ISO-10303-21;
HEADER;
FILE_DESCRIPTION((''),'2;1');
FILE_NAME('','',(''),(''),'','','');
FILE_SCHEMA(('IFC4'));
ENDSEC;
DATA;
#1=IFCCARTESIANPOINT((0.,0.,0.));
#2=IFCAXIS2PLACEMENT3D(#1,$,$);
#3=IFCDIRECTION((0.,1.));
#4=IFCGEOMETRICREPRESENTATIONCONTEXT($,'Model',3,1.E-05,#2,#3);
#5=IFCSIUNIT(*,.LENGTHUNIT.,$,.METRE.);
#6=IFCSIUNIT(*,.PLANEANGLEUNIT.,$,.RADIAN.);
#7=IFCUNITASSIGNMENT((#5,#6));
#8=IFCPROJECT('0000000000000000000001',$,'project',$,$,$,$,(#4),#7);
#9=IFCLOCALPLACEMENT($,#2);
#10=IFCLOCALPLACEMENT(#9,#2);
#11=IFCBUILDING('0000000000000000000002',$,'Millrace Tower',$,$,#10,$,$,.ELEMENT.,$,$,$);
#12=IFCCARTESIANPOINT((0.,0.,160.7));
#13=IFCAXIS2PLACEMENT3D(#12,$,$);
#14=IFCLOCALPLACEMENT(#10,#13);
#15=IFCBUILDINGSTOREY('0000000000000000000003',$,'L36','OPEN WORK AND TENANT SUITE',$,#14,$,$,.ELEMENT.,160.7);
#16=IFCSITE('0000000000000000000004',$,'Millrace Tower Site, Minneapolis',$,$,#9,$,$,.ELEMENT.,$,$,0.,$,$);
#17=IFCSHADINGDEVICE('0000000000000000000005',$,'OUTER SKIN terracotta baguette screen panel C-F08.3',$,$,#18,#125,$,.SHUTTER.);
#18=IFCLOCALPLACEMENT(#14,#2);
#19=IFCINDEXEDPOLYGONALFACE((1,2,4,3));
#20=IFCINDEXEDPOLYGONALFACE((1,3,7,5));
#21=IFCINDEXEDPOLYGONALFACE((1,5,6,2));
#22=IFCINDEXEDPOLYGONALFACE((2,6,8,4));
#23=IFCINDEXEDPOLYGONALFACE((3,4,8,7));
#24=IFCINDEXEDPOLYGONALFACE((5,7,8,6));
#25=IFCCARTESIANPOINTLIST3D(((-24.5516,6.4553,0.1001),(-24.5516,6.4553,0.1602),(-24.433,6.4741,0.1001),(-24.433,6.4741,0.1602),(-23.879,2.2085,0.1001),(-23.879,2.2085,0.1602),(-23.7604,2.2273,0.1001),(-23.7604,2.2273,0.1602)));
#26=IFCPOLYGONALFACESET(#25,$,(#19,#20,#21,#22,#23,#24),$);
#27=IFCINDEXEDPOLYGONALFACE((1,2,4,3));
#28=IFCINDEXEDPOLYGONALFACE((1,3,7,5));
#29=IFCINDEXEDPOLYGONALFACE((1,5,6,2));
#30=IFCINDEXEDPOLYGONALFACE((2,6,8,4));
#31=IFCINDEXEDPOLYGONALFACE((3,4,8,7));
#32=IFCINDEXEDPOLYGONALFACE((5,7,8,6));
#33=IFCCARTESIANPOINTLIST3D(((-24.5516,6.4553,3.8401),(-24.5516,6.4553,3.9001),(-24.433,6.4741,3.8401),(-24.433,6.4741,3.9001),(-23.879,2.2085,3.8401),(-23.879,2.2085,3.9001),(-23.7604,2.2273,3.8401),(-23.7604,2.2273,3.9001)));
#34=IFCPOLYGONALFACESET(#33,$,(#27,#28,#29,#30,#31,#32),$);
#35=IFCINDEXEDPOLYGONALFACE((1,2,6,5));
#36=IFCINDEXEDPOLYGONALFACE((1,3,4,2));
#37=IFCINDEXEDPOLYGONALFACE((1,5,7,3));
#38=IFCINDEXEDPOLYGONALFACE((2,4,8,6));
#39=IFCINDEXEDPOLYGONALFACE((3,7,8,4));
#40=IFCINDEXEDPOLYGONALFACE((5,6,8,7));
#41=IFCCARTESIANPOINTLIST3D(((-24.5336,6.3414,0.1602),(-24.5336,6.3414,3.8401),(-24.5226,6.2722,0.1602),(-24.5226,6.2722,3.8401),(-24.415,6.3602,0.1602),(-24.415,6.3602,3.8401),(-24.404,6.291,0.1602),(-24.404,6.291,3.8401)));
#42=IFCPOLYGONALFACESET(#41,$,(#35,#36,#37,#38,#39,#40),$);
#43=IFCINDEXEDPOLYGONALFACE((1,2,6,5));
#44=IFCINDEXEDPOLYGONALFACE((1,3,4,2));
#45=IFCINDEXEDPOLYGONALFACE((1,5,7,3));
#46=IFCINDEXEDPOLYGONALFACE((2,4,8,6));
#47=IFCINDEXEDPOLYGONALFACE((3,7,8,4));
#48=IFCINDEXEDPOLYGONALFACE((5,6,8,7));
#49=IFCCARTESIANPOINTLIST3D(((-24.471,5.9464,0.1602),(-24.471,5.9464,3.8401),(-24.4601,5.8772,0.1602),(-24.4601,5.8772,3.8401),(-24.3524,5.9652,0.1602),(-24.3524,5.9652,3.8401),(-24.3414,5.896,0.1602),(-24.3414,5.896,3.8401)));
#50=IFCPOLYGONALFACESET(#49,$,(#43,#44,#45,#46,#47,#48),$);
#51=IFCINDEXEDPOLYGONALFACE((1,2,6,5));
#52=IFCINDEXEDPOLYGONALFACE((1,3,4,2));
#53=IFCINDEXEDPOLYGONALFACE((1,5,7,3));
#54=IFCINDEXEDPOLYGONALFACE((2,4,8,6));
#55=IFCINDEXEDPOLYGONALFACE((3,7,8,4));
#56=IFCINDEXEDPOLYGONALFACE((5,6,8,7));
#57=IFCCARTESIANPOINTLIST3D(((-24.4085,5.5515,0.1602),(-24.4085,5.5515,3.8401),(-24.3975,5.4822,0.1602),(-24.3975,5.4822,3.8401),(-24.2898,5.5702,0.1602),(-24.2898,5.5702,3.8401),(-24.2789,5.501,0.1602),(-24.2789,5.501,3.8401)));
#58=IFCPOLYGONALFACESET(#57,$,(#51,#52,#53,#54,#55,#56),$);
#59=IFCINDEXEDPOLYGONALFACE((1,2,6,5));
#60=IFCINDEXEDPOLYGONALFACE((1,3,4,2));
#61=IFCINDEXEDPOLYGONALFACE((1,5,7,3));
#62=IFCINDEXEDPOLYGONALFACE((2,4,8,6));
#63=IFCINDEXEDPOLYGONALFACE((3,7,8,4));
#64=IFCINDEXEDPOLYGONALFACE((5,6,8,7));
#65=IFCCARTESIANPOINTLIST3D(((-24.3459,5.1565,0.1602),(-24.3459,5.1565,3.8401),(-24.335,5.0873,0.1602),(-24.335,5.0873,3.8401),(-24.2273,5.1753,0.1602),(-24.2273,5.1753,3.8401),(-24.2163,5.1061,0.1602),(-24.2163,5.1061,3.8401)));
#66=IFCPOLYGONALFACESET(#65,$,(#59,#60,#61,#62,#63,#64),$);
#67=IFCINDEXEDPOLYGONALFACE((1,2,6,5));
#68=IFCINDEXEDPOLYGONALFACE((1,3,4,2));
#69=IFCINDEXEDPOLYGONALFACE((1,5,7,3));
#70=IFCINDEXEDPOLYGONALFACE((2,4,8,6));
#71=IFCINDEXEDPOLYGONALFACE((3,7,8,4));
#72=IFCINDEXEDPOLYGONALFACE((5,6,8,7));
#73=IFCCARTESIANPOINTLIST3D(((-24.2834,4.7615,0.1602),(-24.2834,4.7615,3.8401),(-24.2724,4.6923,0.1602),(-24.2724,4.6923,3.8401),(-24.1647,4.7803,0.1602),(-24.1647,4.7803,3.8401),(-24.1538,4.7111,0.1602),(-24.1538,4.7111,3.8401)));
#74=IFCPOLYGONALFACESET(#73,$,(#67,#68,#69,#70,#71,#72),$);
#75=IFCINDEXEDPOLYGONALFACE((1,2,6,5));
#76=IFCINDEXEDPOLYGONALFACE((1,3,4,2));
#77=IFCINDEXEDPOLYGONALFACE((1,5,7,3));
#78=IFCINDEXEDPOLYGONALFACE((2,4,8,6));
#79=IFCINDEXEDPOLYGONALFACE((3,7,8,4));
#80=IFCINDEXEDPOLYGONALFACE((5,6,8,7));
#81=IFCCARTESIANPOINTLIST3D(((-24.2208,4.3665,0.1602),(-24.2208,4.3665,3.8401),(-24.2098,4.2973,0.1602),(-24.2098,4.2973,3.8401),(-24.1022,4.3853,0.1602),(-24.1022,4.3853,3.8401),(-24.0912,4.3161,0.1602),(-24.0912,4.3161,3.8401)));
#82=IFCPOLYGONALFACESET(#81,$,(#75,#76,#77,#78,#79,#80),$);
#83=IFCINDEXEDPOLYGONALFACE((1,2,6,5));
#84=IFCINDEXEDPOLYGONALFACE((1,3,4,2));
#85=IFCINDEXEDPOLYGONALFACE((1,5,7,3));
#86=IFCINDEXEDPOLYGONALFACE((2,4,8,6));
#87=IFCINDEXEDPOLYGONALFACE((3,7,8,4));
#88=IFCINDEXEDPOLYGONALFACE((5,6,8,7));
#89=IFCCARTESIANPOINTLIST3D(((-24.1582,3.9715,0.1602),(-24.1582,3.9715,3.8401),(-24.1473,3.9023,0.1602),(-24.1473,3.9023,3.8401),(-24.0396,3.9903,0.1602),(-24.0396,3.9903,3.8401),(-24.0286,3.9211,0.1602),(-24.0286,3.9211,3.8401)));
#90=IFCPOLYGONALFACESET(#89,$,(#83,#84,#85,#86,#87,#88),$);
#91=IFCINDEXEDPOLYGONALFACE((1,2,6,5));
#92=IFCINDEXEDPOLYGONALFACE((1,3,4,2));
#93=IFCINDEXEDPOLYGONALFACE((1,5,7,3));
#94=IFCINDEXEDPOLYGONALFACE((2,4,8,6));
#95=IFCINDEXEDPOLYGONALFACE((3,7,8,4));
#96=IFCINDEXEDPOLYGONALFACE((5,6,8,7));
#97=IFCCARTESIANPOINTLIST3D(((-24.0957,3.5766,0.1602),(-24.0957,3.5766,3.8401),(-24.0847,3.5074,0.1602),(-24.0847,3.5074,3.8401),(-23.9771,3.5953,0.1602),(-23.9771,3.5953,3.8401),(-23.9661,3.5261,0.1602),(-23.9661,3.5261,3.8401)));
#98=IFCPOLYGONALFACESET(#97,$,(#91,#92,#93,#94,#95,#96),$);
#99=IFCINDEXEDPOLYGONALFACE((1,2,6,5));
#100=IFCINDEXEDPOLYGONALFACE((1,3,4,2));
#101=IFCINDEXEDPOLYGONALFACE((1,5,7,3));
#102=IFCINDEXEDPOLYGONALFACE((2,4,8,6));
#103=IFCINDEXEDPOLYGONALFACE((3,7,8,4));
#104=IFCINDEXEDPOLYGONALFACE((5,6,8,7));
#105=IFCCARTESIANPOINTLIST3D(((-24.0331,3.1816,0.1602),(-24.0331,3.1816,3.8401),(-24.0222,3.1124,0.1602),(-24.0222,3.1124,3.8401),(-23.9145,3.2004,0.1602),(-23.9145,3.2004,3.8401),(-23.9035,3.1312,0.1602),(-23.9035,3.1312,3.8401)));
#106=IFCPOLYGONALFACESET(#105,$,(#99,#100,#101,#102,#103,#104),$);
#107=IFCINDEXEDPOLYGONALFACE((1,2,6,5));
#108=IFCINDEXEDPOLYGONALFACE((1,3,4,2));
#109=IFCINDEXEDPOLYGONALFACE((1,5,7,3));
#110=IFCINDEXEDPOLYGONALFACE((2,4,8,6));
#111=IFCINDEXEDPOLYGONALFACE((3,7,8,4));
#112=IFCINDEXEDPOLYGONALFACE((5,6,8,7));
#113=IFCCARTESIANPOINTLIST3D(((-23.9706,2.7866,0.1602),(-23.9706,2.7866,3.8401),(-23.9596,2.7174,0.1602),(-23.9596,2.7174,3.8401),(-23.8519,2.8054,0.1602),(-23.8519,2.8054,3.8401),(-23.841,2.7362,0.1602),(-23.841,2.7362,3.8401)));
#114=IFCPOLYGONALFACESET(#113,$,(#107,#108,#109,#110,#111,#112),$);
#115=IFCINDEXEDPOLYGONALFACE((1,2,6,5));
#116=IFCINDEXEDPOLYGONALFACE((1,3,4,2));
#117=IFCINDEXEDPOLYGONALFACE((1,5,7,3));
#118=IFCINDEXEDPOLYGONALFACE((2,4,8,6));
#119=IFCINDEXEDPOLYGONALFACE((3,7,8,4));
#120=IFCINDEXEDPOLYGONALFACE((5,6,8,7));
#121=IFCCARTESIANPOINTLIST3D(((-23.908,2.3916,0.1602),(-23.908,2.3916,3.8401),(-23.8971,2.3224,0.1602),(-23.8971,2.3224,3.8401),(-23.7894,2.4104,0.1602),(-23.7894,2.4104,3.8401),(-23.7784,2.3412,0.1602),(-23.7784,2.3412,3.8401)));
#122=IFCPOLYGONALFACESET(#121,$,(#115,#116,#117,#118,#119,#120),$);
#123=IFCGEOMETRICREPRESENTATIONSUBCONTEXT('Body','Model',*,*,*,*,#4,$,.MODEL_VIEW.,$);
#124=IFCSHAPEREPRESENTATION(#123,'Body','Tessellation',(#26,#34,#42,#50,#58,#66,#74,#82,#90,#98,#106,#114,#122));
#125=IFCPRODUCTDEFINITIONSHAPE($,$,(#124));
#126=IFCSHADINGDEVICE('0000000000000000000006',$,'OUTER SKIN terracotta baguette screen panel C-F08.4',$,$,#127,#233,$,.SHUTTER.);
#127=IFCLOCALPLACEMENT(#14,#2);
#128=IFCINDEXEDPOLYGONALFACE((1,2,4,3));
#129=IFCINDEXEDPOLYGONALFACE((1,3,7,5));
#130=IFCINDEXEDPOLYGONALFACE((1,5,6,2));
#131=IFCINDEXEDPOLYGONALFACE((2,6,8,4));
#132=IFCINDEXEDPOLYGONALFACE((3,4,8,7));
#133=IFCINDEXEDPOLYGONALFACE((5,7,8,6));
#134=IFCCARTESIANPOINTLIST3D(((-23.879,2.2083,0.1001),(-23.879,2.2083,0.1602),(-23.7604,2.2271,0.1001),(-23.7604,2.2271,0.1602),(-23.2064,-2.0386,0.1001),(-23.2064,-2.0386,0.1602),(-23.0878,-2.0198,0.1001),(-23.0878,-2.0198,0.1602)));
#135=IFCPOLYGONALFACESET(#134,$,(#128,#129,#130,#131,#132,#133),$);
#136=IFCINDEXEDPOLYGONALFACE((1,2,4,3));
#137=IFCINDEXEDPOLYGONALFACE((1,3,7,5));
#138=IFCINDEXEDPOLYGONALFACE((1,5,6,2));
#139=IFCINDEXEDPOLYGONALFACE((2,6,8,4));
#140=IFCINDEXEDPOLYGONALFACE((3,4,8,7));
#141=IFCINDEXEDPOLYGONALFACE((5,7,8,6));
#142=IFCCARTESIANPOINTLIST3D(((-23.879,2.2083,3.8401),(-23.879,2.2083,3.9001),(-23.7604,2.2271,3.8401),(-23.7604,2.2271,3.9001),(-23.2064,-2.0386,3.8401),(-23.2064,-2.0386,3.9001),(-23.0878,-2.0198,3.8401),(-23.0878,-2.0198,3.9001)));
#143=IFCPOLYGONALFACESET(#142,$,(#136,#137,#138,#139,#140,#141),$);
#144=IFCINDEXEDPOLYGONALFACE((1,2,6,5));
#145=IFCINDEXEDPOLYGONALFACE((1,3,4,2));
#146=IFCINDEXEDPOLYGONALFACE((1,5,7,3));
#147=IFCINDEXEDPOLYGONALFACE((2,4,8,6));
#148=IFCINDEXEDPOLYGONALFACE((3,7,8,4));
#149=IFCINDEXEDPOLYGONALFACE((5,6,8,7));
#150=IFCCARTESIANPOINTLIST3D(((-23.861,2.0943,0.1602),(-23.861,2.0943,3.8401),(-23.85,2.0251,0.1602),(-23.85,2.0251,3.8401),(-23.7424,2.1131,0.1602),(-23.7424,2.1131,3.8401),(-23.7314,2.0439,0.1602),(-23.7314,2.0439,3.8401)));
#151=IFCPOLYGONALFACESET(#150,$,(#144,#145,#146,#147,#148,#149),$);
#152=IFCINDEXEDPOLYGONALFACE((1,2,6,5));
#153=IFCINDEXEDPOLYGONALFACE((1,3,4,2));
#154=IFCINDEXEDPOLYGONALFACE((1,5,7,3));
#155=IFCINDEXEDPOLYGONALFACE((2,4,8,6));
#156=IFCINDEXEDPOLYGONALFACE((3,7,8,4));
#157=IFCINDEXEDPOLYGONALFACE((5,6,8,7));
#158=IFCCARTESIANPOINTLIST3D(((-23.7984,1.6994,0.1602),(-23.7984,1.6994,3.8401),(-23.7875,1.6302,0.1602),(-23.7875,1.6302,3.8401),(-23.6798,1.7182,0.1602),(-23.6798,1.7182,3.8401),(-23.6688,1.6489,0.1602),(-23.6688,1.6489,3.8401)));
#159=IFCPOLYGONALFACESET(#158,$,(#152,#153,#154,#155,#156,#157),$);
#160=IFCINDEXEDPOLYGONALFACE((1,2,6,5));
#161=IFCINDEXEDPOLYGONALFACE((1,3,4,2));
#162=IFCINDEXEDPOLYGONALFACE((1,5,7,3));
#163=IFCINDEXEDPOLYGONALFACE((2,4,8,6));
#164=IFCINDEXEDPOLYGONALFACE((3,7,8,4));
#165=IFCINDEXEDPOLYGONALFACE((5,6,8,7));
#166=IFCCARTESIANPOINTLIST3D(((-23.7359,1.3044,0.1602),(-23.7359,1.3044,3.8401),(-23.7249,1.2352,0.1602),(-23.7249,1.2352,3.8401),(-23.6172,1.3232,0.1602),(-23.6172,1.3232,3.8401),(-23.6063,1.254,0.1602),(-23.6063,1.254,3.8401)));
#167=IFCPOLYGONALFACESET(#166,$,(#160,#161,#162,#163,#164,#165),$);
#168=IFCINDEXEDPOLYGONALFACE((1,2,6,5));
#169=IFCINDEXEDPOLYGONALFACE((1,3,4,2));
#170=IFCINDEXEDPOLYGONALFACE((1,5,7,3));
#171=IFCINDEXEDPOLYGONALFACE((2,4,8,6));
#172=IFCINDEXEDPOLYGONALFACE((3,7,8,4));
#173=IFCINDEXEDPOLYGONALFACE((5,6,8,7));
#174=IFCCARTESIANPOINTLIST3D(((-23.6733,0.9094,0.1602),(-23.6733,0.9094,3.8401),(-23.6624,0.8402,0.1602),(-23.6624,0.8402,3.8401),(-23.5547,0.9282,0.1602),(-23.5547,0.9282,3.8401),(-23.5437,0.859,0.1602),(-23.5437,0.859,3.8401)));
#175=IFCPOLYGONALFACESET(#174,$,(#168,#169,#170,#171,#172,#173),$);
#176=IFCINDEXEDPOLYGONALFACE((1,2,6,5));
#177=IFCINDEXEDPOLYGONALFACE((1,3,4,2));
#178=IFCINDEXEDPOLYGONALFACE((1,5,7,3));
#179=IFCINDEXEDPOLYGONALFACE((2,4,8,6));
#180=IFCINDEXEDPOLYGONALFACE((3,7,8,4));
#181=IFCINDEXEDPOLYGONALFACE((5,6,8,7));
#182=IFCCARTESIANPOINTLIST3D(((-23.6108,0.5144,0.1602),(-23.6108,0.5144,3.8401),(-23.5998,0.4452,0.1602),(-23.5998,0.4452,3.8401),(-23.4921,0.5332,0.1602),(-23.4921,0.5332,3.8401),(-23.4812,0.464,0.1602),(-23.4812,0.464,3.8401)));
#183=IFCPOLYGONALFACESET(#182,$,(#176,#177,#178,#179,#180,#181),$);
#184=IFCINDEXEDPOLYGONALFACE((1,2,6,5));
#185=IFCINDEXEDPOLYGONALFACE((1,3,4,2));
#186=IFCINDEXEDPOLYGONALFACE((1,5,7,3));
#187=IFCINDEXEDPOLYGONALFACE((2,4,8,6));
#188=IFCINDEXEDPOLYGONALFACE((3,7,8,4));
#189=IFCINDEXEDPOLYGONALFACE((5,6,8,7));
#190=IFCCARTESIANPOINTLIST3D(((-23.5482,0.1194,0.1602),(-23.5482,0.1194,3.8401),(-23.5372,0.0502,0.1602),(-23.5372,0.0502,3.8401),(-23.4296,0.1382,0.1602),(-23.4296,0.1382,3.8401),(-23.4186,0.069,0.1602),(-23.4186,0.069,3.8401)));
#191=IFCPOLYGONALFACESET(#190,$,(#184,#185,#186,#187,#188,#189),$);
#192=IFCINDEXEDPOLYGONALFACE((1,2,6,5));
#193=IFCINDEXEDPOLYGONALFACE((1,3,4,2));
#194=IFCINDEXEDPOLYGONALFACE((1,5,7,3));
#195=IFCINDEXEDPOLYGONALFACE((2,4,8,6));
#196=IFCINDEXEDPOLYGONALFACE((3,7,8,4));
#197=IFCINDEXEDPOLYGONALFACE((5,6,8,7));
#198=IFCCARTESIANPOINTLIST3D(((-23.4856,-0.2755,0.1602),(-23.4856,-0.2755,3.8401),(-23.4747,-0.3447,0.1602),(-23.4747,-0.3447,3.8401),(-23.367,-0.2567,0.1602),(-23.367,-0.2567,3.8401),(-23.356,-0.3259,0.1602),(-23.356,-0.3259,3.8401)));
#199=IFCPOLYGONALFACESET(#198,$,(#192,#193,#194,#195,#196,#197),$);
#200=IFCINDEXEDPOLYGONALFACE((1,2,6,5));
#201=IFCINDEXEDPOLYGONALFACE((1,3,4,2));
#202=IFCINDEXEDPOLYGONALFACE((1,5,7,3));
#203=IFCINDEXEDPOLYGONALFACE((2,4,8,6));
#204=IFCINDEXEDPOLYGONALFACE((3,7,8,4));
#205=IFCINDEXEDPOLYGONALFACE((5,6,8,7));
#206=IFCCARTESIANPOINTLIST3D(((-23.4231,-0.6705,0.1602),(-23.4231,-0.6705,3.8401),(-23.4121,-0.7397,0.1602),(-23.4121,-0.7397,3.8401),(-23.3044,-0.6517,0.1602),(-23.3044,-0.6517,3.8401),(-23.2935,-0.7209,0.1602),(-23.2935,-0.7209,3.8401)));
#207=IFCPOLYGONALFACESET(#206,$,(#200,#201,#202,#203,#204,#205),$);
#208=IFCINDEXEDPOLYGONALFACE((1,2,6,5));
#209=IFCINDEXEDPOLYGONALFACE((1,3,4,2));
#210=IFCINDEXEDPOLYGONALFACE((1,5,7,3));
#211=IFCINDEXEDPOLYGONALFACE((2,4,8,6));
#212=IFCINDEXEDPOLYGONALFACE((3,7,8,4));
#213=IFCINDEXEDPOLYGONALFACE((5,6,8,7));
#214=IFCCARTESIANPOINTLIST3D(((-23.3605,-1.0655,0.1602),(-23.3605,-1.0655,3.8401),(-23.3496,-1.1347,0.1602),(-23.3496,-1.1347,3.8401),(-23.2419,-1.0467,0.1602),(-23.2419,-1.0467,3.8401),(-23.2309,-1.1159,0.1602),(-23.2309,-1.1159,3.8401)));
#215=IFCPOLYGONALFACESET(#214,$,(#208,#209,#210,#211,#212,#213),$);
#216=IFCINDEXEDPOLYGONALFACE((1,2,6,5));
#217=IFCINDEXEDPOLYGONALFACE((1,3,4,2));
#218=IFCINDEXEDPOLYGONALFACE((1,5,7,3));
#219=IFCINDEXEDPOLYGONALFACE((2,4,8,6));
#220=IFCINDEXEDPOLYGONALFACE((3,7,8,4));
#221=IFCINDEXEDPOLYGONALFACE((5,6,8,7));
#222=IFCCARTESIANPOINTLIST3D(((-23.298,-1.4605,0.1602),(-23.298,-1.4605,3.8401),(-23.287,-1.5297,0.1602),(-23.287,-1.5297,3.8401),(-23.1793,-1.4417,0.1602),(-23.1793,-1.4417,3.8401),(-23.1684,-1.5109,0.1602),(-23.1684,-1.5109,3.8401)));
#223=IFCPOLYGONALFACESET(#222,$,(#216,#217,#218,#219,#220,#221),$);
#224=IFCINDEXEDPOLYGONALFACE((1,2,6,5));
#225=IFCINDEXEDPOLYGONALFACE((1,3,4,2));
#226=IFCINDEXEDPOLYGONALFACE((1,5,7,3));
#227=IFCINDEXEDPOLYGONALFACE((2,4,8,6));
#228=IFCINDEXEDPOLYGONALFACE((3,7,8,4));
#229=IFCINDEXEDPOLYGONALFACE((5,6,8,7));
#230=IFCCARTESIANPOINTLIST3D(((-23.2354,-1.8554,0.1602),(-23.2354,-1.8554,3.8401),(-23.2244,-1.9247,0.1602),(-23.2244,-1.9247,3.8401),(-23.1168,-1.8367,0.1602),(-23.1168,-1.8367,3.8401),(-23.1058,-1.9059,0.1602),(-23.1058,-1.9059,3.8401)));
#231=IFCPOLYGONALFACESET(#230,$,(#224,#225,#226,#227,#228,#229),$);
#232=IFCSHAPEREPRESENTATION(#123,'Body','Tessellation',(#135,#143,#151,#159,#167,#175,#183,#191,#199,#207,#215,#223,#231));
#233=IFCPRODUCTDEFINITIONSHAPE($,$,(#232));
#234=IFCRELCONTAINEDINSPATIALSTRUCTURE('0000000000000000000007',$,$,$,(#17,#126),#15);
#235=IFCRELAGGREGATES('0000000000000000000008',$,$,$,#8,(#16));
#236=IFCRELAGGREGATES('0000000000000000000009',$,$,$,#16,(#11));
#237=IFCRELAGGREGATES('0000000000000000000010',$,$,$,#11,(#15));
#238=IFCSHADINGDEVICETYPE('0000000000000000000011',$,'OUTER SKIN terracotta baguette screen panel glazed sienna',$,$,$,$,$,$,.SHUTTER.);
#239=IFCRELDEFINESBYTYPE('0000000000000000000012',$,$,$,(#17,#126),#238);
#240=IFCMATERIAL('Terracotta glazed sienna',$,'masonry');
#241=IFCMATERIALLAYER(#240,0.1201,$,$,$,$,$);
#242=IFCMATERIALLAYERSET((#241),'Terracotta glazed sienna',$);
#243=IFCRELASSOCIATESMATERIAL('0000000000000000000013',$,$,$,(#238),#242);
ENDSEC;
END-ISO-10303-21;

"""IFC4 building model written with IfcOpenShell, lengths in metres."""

from ifc_helpers import new_model, entity, si_unit, direction, frame, frame_2d, origin, origin_2d, place, context, subcontext, project, spatial, rectangle, extrude, source, transform, mapped, material, layer, layer_set, type_object, element, save


model = new_model("IFC4")

# Units and contexts
model_context = context("Model", 3, precision=1e-05, world=origin(), true_north=direction((0.0, 1.0)))
body_context = subcontext(model_context, "Body", "Model", "MODEL_VIEW")
ifc_project = project(units=[si_unit("LENGTHUNIT", "METRE"), si_unit("PLANEANGLEUNIT", "RADIAN")], contexts=[model_context])

# Site, building, storey
site_placement = place(None, origin())
site = spatial("IfcSite", under=ifc_project, at=site_placement, Name="Millrace Tower Site, Minneapolis", CompositionType="ELEMENT", RefElevation=0.0)
building_placement = place(site_placement, origin())
building = spatial("IfcBuilding", under=site, at=building_placement, Name="Millrace Tower", CompositionType="ELEMENT")
storey_placement = place(building_placement, frame((0.0, 0.0, 160.7)))
storey = spatial("IfcBuildingStorey", under=building, at=storey_placement, Name="L36", Description="OPEN WORK AND TENANT SUITE", CompositionType="ELEMENT", Elevation=160.7)

# Shading devices
ifc_material_1 = material(Name="Terracotta glazed sienna", Category="masonry")
ifc_layer_1 = layer(ifc_material_1, 0.1201)
ifc_layer_set_1 = layer_set([ifc_layer_1], Name="Terracotta glazed sienna")
shading_device_type = type_object("IfcShadingDeviceType", Name="OUTER SKIN terracotta baguette screen panel glazed sienna", PredefinedType="SHUTTER", material=ifc_layer_set_1)
cartesian_point = entity("IfcCartesianPoint", [-2.1499, 0.0601])
shared_polyline = entity("IfcPolyline", [cartesian_point, entity("IfcCartesianPoint", [2.1499, 0.0601]), entity("IfcCartesianPoint", [2.1499, -0.0601]), entity("IfcCartesianPoint", [-2.1499, -0.0601]), cartesian_point])
shared_shape = source(origin(), body_context, "Body", "SweptSolid", [
    entity("IfcExtrudedAreaSolid", entity("IfcArbitraryClosedProfileDef", "AREA", None, shared_polyline), entity("IfcAxis2Placement3D", entity("IfcCartesianPoint", [0.0, 0.0, 0.0])), entity("IfcDirection", [0.0, 0.0, 1.0]), 0.0601),
    entity("IfcExtrudedAreaSolid", entity("IfcArbitraryClosedProfileDef", "AREA", None, shared_polyline), entity("IfcAxis2Placement3D", entity("IfcCartesianPoint", [0.0, 0.0, 3.74])), entity("IfcDirection", [0.0, 0.0, 1.0]), 0.0601),
    extrude(rectangle(XDim=0.0701, YDim=0.1201, at=frame_2d((-1.9995, 0.0))), frame((0.0, 0.0, 0.0601)), (0.0, 0.0, 1.0), 3.6799),
    extrude(rectangle(XDim=0.0701, YDim=0.1201, at=frame_2d((-1.5996, 0.0))), frame((0.0, 0.0, 0.0601)), (0.0, 0.0, 1.0), 3.6799),
    extrude(rectangle(XDim=0.0701, YDim=0.1201, at=frame_2d((-1.1997, 0.0))), frame((0.0, 0.0, 0.0601)), (0.0, 0.0, 1.0), 3.6799),
    extrude(rectangle(XDim=0.0701, YDim=0.1201, at=frame_2d((-0.7998, 0.0))), frame((0.0, 0.0, 0.0601)), (0.0, 0.0, 1.0), 3.6799),
    extrude(rectangle(XDim=0.0701, YDim=0.1201, at=frame_2d((-0.3999, 0.0))), frame((0.0, 0.0, 0.0601)), (0.0, 0.0, 1.0), 3.6799),
    extrude(rectangle(XDim=0.0701, YDim=0.1201, at=origin_2d()), frame((0.0, 0.0, 0.0601)), (0.0, 0.0, 1.0), 3.6799),
    extrude(rectangle(XDim=0.0701, YDim=0.1201, at=frame_2d((0.3999, 0.0))), frame((0.0, 0.0, 0.0601)), (0.0, 0.0, 1.0), 3.6799),
    extrude(rectangle(XDim=0.0701, YDim=0.1201, at=frame_2d((0.7998, 0.0))), frame((0.0, 0.0, 0.0601)), (0.0, 0.0, 1.0), 3.6799),
    extrude(rectangle(XDim=0.0701, YDim=0.1201, at=frame_2d((1.1997, 0.0))), frame((0.0, 0.0, 0.0601)), (0.0, 0.0, 1.0), 3.6799),
    extrude(rectangle(XDim=0.0701, YDim=0.1201, at=frame_2d((1.5996, 0.0))), frame((0.0, 0.0, 0.0601)), (0.0, 0.0, 1.0), 3.6799),
    extrude(rectangle(XDim=0.0701, YDim=0.1201, at=frame_2d((1.9995, 0.0))), frame((0.0, 0.0, 0.0601)), (0.0, 0.0, 1.0), 3.6799),
])
for number, where, z_axis, x_axis, name in (
    (1, (-24.156, 4.3413, 0.1001), (0.0, 0.0, 1.0), (0.156434, -0.987688, 0.0), "OUTER SKIN terracotta baguette screen panel C-F08.3"),
    (2, (-23.4834, 0.0942, 0.1001), (0.0, 0.0, 1.0), (0.156434, -0.987688, 0.0), "OUTER SKIN terracotta baguette screen panel C-F08.4"),
):
    element("IfcShadingDevice", number, at=place(storey_placement, frame(where, z_axis=z_axis, x_axis=x_axis)), inside=storey, type_object=shading_device_type, Name=name, PredefinedType="SHUTTER", context=body_context, shape_type="MappedRepresentation", body=[
        mapped(shared_shape, transform((0.0, 0.0, 0.0), scale=1.0)),
    ])

save(model, "model.ifc")
